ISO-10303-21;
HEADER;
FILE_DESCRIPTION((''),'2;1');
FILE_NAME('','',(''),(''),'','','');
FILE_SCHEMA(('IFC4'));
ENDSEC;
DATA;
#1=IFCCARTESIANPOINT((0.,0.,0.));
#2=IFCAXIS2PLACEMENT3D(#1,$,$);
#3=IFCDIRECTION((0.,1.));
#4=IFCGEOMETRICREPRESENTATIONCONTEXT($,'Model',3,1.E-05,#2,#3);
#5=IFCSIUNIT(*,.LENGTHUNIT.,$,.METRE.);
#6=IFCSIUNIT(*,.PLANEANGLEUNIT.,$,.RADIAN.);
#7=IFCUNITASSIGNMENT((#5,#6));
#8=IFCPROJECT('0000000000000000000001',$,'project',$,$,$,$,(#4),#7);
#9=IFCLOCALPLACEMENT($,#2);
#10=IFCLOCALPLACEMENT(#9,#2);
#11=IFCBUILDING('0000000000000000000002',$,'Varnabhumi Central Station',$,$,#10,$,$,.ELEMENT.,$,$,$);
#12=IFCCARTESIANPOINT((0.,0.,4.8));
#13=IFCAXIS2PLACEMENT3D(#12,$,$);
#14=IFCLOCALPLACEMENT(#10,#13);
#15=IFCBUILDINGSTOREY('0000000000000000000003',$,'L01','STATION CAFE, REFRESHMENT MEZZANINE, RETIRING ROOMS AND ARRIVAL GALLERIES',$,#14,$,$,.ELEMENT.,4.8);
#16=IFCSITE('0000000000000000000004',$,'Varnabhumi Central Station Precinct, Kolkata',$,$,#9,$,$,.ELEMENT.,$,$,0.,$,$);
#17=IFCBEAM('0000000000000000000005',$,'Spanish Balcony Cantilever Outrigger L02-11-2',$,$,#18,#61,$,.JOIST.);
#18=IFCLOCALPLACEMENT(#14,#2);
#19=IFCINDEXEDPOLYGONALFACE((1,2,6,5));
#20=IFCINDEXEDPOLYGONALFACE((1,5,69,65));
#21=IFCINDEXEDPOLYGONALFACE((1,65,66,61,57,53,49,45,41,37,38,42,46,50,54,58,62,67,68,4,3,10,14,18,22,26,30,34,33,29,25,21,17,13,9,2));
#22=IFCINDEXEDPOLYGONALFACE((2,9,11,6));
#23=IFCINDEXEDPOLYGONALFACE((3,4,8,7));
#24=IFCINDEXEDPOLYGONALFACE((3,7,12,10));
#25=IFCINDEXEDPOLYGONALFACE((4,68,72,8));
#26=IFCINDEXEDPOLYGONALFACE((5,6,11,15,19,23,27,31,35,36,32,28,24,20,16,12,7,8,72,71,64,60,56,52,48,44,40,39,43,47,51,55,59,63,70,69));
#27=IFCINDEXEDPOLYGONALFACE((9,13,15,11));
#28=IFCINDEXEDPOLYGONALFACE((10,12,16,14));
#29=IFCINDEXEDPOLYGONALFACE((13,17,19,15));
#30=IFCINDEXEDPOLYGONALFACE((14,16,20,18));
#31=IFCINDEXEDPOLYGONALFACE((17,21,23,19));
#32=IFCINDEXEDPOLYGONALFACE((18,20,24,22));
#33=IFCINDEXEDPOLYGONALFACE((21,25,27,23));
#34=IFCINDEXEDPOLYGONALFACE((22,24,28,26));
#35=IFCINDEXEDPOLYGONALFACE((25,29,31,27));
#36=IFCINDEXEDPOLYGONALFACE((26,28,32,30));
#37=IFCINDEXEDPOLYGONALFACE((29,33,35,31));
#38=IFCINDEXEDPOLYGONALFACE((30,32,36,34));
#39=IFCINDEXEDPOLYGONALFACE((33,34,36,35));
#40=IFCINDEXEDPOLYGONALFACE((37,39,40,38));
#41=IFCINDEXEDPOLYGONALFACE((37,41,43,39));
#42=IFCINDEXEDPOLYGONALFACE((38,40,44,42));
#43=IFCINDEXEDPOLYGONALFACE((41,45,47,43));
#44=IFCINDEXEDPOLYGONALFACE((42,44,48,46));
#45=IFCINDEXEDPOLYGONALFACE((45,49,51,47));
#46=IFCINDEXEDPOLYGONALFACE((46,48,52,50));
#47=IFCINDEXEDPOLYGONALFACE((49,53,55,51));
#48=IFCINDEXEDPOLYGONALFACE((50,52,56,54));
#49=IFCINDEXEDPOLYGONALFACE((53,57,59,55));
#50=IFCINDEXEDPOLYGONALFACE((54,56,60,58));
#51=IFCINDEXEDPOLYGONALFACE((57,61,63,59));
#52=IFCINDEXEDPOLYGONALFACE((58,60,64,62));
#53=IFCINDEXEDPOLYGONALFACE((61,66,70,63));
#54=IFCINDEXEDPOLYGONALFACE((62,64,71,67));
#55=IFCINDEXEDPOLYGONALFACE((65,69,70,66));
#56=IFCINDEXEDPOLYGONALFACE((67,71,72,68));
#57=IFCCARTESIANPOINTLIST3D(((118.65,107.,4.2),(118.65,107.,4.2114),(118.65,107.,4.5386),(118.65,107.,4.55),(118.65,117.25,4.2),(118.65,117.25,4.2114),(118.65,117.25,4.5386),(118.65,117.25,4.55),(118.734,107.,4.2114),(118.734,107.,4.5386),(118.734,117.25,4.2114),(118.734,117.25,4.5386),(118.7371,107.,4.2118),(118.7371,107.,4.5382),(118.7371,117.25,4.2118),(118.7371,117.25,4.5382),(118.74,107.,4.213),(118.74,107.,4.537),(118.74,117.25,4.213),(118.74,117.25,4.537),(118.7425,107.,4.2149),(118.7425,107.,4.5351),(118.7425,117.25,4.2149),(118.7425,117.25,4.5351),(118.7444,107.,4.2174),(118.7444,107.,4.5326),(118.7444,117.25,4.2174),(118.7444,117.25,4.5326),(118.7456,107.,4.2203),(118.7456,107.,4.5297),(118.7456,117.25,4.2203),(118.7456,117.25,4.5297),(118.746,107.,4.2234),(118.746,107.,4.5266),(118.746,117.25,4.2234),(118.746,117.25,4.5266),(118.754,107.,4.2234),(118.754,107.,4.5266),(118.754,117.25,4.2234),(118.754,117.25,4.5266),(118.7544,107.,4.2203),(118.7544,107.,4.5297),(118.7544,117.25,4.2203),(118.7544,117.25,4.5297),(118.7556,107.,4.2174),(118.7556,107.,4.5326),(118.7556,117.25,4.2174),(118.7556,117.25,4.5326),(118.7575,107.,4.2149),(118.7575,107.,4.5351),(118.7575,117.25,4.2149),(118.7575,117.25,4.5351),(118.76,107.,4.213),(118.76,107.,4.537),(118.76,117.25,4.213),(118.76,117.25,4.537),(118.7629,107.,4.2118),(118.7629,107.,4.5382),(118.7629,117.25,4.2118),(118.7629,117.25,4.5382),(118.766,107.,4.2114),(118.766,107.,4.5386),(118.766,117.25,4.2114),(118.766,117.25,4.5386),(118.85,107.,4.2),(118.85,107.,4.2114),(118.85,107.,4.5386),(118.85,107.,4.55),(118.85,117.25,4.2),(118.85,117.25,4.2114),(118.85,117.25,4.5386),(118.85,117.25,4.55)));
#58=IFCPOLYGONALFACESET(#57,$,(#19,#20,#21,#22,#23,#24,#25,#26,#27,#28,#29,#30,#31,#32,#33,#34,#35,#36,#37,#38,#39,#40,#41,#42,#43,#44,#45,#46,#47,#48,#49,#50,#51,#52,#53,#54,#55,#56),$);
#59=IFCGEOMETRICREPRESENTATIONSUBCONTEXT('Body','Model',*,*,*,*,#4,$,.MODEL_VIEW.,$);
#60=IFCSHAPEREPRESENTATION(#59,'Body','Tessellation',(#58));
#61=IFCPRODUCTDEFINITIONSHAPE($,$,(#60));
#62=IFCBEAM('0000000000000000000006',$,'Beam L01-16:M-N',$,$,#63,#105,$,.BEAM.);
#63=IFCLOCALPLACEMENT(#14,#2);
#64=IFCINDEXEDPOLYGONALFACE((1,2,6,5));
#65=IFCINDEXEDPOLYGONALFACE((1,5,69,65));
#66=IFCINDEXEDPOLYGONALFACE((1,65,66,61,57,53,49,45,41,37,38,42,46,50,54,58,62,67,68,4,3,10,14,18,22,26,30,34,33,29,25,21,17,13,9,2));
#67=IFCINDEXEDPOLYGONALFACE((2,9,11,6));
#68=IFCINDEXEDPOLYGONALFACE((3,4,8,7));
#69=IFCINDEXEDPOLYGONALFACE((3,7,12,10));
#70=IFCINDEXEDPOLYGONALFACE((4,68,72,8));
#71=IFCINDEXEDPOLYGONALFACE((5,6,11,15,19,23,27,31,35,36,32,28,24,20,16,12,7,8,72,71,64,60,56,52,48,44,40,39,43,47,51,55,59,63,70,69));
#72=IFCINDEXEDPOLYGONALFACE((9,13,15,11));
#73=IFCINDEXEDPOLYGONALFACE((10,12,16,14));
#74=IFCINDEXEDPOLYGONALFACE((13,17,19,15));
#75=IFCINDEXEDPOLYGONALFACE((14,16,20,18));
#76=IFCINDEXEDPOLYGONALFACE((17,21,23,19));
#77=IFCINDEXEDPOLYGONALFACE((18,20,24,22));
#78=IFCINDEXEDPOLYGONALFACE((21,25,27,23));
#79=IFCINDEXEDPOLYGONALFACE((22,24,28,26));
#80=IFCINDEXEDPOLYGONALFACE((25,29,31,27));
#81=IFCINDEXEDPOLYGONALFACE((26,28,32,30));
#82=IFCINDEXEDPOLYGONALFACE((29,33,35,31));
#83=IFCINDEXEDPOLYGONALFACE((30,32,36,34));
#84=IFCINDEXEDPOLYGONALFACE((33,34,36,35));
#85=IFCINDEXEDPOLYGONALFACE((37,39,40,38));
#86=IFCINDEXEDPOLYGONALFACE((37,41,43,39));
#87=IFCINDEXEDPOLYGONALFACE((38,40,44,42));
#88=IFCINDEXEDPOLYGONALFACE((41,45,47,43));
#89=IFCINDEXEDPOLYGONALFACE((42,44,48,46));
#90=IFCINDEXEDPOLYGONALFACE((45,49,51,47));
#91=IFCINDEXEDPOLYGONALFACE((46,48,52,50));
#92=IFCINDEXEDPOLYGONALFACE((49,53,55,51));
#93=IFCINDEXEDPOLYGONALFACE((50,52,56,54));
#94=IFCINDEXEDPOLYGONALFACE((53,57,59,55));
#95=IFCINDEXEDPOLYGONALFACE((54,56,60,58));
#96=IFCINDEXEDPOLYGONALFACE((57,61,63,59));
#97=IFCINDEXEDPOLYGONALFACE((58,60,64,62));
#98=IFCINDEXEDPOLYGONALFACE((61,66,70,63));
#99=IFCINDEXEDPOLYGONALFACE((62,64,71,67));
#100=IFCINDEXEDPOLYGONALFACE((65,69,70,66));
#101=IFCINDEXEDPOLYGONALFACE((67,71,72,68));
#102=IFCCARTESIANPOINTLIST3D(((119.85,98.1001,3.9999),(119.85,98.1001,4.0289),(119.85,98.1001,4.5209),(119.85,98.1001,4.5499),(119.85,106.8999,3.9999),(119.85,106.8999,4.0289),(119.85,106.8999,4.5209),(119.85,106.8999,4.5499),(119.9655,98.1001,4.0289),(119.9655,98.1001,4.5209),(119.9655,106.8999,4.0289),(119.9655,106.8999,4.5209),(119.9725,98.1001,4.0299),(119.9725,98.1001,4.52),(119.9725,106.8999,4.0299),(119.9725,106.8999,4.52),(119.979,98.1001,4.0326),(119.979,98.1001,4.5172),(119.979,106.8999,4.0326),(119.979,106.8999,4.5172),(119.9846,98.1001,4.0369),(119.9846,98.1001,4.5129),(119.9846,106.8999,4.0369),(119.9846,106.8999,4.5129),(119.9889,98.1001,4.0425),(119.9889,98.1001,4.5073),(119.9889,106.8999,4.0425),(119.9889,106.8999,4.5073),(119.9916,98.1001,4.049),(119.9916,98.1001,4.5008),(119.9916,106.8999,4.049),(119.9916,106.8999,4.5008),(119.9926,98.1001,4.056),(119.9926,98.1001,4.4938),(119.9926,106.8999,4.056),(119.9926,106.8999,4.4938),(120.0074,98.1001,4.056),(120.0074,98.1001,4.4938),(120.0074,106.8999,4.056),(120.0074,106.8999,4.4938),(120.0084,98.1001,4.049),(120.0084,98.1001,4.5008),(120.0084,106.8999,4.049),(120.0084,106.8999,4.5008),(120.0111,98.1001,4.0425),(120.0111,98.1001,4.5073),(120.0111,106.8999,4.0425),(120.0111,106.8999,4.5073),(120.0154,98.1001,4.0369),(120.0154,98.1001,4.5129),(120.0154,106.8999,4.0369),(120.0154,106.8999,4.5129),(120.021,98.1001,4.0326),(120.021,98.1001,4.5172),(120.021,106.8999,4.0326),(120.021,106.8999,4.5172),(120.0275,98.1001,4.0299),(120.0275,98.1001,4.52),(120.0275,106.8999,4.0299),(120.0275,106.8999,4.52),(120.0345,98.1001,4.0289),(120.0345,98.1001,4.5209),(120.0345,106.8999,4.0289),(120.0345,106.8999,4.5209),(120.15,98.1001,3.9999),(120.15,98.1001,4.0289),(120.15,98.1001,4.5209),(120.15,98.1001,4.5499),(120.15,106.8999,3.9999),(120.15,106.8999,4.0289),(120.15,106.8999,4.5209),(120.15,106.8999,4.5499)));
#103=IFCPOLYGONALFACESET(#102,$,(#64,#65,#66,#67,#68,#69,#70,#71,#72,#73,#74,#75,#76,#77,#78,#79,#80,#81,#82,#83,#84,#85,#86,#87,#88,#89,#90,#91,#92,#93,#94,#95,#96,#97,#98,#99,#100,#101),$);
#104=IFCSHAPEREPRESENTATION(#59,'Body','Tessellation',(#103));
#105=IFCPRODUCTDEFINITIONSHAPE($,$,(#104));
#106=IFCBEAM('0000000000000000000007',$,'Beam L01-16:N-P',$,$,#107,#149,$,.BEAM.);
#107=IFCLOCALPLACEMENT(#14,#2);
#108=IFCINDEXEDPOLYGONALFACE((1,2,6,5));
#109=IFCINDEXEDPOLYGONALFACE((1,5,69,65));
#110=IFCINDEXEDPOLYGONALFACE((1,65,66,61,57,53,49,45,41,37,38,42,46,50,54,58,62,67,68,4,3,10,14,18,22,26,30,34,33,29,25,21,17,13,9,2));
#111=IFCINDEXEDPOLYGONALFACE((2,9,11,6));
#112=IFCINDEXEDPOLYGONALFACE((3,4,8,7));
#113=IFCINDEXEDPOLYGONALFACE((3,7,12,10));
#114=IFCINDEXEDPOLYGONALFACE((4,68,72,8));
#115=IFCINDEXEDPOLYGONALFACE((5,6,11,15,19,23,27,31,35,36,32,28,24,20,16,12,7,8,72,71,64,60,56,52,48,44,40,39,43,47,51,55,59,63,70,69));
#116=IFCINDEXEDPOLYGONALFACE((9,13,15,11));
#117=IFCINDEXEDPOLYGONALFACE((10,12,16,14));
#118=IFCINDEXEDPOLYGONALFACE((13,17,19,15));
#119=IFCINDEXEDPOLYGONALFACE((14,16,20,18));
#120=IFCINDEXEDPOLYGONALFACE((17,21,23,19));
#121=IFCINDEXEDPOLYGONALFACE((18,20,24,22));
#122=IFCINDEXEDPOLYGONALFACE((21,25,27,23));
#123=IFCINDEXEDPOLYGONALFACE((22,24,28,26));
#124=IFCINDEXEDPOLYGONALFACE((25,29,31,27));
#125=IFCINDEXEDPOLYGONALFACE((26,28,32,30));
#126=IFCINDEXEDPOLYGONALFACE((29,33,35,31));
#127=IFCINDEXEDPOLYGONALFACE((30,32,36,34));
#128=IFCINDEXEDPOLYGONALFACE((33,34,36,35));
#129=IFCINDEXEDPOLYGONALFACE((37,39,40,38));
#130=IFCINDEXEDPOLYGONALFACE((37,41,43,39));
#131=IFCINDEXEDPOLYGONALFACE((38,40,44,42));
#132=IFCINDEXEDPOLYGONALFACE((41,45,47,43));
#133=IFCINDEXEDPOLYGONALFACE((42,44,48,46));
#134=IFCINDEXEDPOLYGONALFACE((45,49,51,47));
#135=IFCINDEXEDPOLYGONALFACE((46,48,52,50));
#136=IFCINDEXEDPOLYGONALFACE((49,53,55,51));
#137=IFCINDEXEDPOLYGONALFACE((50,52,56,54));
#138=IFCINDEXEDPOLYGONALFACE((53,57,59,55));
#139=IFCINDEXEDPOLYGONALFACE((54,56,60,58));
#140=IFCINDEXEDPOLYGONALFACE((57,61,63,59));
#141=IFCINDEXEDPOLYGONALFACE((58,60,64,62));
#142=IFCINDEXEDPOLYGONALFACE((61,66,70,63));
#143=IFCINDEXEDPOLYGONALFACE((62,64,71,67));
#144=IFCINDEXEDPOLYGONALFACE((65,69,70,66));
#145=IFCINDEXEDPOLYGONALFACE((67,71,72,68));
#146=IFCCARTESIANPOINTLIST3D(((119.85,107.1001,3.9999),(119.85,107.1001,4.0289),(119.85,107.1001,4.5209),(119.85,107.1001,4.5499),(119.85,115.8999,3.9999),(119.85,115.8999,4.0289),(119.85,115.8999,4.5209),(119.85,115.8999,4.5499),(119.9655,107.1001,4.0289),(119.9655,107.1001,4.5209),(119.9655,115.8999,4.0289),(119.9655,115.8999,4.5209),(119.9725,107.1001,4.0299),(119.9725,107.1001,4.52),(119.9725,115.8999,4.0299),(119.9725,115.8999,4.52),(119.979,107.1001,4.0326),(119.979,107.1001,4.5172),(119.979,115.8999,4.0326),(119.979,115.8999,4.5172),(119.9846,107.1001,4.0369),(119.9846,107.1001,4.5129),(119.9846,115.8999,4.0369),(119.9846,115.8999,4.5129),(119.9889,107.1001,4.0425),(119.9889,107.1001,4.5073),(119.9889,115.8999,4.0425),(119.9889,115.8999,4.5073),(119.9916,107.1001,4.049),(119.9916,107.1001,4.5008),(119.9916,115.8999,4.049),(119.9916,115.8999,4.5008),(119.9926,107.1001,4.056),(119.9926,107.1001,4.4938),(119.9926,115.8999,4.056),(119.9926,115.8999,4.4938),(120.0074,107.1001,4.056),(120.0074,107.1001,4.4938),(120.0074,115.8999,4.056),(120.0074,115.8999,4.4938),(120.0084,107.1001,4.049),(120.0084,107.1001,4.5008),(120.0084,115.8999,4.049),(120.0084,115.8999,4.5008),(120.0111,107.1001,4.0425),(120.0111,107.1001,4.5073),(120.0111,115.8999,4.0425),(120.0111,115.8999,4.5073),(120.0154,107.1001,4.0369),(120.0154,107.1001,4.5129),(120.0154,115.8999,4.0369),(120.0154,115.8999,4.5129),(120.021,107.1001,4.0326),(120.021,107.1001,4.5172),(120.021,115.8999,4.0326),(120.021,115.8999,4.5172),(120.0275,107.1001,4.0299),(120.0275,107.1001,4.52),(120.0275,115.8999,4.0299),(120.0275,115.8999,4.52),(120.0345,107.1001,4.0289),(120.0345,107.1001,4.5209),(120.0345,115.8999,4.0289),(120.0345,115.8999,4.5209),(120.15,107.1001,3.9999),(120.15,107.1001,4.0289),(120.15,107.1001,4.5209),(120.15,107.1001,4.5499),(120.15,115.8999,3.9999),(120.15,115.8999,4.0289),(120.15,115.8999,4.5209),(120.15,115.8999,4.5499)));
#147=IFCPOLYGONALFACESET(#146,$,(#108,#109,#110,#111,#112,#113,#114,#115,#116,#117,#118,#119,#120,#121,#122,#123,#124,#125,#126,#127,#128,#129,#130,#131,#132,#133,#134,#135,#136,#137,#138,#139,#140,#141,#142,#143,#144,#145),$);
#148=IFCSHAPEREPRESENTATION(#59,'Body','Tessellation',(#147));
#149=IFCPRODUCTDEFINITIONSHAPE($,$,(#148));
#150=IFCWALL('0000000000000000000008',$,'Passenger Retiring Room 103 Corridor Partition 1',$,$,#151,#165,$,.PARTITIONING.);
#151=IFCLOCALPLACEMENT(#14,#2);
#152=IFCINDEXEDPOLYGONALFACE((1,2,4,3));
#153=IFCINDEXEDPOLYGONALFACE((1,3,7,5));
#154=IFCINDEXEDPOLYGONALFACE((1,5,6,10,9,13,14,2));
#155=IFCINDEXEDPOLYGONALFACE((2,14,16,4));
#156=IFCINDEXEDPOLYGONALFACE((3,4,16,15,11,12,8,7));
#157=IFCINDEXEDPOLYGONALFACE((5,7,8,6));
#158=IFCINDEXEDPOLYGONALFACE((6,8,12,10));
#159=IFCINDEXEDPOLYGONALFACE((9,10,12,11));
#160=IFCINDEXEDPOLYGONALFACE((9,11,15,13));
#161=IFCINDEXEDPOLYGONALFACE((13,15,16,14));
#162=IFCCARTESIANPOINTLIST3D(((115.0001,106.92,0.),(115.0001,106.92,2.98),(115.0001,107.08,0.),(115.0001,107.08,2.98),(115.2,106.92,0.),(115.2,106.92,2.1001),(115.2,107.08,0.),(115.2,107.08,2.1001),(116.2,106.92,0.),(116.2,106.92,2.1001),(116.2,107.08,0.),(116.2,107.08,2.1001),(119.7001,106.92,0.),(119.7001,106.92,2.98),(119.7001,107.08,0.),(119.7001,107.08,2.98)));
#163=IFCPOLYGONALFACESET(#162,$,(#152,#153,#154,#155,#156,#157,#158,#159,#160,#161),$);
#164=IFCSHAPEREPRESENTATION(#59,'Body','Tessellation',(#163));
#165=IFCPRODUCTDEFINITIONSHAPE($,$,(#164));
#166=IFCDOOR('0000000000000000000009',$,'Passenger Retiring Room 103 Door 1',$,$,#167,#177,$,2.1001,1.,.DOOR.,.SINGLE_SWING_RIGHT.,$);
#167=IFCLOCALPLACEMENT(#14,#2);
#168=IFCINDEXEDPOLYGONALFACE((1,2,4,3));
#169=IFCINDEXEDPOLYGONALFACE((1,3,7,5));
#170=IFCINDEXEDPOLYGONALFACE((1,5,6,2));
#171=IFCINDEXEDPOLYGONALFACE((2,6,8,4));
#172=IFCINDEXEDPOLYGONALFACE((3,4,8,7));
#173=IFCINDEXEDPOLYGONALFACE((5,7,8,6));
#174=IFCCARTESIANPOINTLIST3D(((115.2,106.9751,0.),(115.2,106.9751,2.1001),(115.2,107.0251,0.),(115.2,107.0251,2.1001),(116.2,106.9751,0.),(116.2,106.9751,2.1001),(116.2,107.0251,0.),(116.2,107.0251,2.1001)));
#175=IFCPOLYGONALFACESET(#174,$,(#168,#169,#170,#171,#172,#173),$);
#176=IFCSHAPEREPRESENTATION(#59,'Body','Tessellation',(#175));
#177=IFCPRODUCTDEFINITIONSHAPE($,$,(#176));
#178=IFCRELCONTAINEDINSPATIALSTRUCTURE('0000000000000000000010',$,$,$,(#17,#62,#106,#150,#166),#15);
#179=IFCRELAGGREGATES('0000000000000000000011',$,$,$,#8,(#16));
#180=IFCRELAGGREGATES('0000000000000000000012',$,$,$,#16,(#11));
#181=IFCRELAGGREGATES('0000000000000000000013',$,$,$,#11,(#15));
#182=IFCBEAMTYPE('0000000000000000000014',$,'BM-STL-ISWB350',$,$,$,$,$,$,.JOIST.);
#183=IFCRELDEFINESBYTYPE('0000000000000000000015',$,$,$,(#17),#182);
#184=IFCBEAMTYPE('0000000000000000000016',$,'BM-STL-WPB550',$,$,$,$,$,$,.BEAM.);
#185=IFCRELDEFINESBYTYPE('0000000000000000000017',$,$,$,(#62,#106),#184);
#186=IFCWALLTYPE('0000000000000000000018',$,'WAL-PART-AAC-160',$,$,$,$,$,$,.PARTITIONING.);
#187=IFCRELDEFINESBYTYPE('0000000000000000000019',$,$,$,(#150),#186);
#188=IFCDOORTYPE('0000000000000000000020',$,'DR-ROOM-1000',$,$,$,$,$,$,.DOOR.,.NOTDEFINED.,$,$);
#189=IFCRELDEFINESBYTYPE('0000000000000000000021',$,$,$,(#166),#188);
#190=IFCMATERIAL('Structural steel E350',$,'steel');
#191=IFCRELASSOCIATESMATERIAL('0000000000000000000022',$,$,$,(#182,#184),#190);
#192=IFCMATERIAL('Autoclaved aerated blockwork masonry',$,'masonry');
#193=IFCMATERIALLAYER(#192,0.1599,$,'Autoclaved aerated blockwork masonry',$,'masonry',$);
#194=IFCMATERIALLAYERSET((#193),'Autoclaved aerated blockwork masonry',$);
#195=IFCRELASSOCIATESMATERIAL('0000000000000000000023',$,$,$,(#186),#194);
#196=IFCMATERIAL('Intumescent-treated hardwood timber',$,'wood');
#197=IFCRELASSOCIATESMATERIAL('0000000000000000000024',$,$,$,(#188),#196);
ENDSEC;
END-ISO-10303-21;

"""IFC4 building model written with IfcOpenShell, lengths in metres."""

from ifc_helpers import new_model, si_unit, direction, frame, frame_2d, origin, origin_2d, place, context, subcontext, project, spatial, rectangle, i_section, extrude, material, layer, layer_set, material_profile, profile_set, type_object, element, fill, save


model = new_model("IFC4")

# Units and contexts
model_context = context("Model", 3, precision=1e-05, world=origin(), true_north=direction((0.0, 1.0)))
body_context = subcontext(model_context, "Body", "Model", "MODEL_VIEW")
ifc_project = project(units=[si_unit("LENGTHUNIT", "METRE"), si_unit("PLANEANGLEUNIT", "RADIAN")], contexts=[model_context])

# Site, building, storey
site_placement = place(None, origin())
site = spatial("IfcSite", under=ifc_project, at=site_placement, Name="Varnabhumi Central Station Precinct, Kolkata", CompositionType="ELEMENT", RefElevation=0.0)
building_placement = place(site_placement, origin())
building = spatial("IfcBuilding", under=site, at=building_placement, Name="Varnabhumi Central Station", CompositionType="ELEMENT")
storey_placement = place(building_placement, frame((0.0, 0.0, 4.8)))
storey = spatial("IfcBuildingStorey", under=building, at=storey_placement, Name="L01", Description="STATION CAFE, REFRESHMENT MEZZANINE, RETIRING ROOMS AND ARRIVAL GALLERIES", CompositionType="ELEMENT", Elevation=4.8)

# Beams
ifc_material_1 = material(Name="Structural steel E350", Category="steel")
ifc_material_profile_1 = material_profile(ifc_material_1, i_section(OverallWidth=0.2, OverallDepth=0.3501, WebThickness=0.0081, FlangeThickness=0.0115, FilletRadius=0.012, at=origin_2d()), Name="Structural steel E350", Category="steel")
ifc_profile_set_1 = profile_set([ifc_material_profile_1], Name="Structural steel E350")
beam_type_1 = type_object("IfcBeamType", Name="BM-STL-ISWB350", PredefinedType="JOIST", material=ifc_profile_set_1)
for number, where, z_axis, x_axis, name in (
    (1, (118.75, 107.0, 4.375), (0.0, 1.0, 0.0), (-1.0, 0.0, 0.0), "Spanish Balcony Cantilever Outrigger L02-11-2"),
):
    element("IfcBeam", number, at=place(storey_placement, frame(where, z_axis=z_axis, x_axis=x_axis)), inside=storey, type_object=beam_type_1, Name=name, PredefinedType="JOIST", context=body_context, shape_type="SweptSolid", body=[
        extrude(i_section(OverallWidth=0.2, OverallDepth=0.3501, WebThickness=0.0081, FlangeThickness=0.0115, FilletRadius=0.012, at=origin_2d()), origin(), (0.0, 0.0, 1.0), 10.25),
    ])
ifc_material_profile_2 = material_profile(ifc_material_1, i_section(OverallWidth=0.3, OverallDepth=0.55, WebThickness=0.0149, FlangeThickness=0.0291, FilletRadius=0.0271, at=origin_2d()), Name="Structural steel E350", Category="steel")
ifc_profile_set_2 = profile_set([ifc_material_profile_2], Name="Structural steel E350")
beam_type_2 = type_object("IfcBeamType", Name="BM-STL-WPB550", PredefinedType="BEAM", material=ifc_profile_set_2)
for number, where, z_axis, x_axis, name in (
    (2, (120.0, 98.1001, 4.2749), (0.0, 1.0, 0.0), (-1.0, 0.0, 0.0), "Beam L01-16:M-N"),
    (3, (120.0, 107.1001, 4.2749), (0.0, 1.0, 0.0), (-1.0, 0.0, 0.0), "Beam L01-16:N-P"),
):
    element("IfcBeam", number, at=place(storey_placement, frame(where, z_axis=z_axis, x_axis=x_axis)), inside=storey, type_object=beam_type_2, Name=name, PredefinedType="BEAM", context=body_context, shape_type="SweptSolid", body=[
        extrude(i_section(OverallWidth=0.3, OverallDepth=0.55, WebThickness=0.0149, FlangeThickness=0.0291, FilletRadius=0.0271, at=origin_2d()), origin(), (0.0, 0.0, 1.0), 8.7998),
    ])

# Wall, opening, door
ifc_material_2 = material(Name="Autoclaved aerated blockwork masonry", Category="masonry")
ifc_layer_1 = layer(ifc_material_2, 0.1599, Name="Autoclaved aerated blockwork masonry", Category="masonry")
ifc_layer_set_1 = layer_set([ifc_layer_1], Name="Autoclaved aerated blockwork masonry")
wall_type = type_object("IfcWallType", Name="WAL-PART-AAC-160", PredefinedType="PARTITIONING", material=ifc_layer_set_1)
wall_1_placement = place(storey_placement, frame((115.0, 107.0, 0.0), z_axis=(0.0, 0.0, 1.0), x_axis=(1.0, 0.0, 0.0)))
wall_1 = element("IfcWall", 4, at=wall_1_placement, inside=storey, type_object=wall_type, Name="Passenger Retiring Room 103 Corridor Partition 1", PredefinedType="PARTITIONING", context=body_context, shape_type="SweptSolid", body=[
    extrude(rectangle(XDim=4.7, YDim=0.1599, at=frame_2d((2.3501, 0.0))), origin(), (0.0, 0.0, 1.0), 2.98),
])
opening_1_placement = place(wall_1_placement, frame((0.2, 0.0, 0.0)))
opening_1 = element("IfcOpeningElement", 5, at=opening_1_placement, cuts=wall_1, PredefinedType="OPENING", context=body_context, shape_type="SweptSolid", body=[
    extrude(rectangle(XDim=1.0, YDim=2.1001, at=frame_2d((0.5, 1.05))), frame((0.0, 0.0898, 0.0), z_axis=(0.0, -1.0, 0.0), x_axis=(1.0, 0.0, 0.0)), (0.0, 0.0, 1.0), 0.1799),
])
ifc_material_3 = material(Name="Intumescent-treated hardwood timber", Category="wood")
door_type_1 = type_object("IfcDoorType", Name="DR-ROOM-1000", OperationType="NOTDEFINED", PredefinedType="DOOR", material=ifc_material_3)
door_1_placement = place(opening_1_placement, frame((1.0, 0.0, 0.0), z_axis=(0.0, 0.0, 1.0), x_axis=(-1.0, 0.0, 0.0)))
door_1 = element("IfcDoor", 6, at=door_1_placement, inside=storey, type_object=door_type_1, Name="Passenger Retiring Room 103 Door 1", OperationType="SINGLE_SWING_RIGHT", OverallHeight=2.1001, OverallWidth=1.0, PredefinedType="DOOR", context=body_context, shape_type="SweptSolid", body=[
    extrude(rectangle(XDim=1.0, YDim=2.1001, at=frame_2d((0.5, 1.05))), frame((0.0, 0.0249, 0.0), z_axis=(0.0, -1.0, 0.0), x_axis=(1.0, 0.0, 0.0)), (0.0, 0.0, 1.0), 0.05),
])
fill(opening_1, door_1)

save(model, "model.ifc")
